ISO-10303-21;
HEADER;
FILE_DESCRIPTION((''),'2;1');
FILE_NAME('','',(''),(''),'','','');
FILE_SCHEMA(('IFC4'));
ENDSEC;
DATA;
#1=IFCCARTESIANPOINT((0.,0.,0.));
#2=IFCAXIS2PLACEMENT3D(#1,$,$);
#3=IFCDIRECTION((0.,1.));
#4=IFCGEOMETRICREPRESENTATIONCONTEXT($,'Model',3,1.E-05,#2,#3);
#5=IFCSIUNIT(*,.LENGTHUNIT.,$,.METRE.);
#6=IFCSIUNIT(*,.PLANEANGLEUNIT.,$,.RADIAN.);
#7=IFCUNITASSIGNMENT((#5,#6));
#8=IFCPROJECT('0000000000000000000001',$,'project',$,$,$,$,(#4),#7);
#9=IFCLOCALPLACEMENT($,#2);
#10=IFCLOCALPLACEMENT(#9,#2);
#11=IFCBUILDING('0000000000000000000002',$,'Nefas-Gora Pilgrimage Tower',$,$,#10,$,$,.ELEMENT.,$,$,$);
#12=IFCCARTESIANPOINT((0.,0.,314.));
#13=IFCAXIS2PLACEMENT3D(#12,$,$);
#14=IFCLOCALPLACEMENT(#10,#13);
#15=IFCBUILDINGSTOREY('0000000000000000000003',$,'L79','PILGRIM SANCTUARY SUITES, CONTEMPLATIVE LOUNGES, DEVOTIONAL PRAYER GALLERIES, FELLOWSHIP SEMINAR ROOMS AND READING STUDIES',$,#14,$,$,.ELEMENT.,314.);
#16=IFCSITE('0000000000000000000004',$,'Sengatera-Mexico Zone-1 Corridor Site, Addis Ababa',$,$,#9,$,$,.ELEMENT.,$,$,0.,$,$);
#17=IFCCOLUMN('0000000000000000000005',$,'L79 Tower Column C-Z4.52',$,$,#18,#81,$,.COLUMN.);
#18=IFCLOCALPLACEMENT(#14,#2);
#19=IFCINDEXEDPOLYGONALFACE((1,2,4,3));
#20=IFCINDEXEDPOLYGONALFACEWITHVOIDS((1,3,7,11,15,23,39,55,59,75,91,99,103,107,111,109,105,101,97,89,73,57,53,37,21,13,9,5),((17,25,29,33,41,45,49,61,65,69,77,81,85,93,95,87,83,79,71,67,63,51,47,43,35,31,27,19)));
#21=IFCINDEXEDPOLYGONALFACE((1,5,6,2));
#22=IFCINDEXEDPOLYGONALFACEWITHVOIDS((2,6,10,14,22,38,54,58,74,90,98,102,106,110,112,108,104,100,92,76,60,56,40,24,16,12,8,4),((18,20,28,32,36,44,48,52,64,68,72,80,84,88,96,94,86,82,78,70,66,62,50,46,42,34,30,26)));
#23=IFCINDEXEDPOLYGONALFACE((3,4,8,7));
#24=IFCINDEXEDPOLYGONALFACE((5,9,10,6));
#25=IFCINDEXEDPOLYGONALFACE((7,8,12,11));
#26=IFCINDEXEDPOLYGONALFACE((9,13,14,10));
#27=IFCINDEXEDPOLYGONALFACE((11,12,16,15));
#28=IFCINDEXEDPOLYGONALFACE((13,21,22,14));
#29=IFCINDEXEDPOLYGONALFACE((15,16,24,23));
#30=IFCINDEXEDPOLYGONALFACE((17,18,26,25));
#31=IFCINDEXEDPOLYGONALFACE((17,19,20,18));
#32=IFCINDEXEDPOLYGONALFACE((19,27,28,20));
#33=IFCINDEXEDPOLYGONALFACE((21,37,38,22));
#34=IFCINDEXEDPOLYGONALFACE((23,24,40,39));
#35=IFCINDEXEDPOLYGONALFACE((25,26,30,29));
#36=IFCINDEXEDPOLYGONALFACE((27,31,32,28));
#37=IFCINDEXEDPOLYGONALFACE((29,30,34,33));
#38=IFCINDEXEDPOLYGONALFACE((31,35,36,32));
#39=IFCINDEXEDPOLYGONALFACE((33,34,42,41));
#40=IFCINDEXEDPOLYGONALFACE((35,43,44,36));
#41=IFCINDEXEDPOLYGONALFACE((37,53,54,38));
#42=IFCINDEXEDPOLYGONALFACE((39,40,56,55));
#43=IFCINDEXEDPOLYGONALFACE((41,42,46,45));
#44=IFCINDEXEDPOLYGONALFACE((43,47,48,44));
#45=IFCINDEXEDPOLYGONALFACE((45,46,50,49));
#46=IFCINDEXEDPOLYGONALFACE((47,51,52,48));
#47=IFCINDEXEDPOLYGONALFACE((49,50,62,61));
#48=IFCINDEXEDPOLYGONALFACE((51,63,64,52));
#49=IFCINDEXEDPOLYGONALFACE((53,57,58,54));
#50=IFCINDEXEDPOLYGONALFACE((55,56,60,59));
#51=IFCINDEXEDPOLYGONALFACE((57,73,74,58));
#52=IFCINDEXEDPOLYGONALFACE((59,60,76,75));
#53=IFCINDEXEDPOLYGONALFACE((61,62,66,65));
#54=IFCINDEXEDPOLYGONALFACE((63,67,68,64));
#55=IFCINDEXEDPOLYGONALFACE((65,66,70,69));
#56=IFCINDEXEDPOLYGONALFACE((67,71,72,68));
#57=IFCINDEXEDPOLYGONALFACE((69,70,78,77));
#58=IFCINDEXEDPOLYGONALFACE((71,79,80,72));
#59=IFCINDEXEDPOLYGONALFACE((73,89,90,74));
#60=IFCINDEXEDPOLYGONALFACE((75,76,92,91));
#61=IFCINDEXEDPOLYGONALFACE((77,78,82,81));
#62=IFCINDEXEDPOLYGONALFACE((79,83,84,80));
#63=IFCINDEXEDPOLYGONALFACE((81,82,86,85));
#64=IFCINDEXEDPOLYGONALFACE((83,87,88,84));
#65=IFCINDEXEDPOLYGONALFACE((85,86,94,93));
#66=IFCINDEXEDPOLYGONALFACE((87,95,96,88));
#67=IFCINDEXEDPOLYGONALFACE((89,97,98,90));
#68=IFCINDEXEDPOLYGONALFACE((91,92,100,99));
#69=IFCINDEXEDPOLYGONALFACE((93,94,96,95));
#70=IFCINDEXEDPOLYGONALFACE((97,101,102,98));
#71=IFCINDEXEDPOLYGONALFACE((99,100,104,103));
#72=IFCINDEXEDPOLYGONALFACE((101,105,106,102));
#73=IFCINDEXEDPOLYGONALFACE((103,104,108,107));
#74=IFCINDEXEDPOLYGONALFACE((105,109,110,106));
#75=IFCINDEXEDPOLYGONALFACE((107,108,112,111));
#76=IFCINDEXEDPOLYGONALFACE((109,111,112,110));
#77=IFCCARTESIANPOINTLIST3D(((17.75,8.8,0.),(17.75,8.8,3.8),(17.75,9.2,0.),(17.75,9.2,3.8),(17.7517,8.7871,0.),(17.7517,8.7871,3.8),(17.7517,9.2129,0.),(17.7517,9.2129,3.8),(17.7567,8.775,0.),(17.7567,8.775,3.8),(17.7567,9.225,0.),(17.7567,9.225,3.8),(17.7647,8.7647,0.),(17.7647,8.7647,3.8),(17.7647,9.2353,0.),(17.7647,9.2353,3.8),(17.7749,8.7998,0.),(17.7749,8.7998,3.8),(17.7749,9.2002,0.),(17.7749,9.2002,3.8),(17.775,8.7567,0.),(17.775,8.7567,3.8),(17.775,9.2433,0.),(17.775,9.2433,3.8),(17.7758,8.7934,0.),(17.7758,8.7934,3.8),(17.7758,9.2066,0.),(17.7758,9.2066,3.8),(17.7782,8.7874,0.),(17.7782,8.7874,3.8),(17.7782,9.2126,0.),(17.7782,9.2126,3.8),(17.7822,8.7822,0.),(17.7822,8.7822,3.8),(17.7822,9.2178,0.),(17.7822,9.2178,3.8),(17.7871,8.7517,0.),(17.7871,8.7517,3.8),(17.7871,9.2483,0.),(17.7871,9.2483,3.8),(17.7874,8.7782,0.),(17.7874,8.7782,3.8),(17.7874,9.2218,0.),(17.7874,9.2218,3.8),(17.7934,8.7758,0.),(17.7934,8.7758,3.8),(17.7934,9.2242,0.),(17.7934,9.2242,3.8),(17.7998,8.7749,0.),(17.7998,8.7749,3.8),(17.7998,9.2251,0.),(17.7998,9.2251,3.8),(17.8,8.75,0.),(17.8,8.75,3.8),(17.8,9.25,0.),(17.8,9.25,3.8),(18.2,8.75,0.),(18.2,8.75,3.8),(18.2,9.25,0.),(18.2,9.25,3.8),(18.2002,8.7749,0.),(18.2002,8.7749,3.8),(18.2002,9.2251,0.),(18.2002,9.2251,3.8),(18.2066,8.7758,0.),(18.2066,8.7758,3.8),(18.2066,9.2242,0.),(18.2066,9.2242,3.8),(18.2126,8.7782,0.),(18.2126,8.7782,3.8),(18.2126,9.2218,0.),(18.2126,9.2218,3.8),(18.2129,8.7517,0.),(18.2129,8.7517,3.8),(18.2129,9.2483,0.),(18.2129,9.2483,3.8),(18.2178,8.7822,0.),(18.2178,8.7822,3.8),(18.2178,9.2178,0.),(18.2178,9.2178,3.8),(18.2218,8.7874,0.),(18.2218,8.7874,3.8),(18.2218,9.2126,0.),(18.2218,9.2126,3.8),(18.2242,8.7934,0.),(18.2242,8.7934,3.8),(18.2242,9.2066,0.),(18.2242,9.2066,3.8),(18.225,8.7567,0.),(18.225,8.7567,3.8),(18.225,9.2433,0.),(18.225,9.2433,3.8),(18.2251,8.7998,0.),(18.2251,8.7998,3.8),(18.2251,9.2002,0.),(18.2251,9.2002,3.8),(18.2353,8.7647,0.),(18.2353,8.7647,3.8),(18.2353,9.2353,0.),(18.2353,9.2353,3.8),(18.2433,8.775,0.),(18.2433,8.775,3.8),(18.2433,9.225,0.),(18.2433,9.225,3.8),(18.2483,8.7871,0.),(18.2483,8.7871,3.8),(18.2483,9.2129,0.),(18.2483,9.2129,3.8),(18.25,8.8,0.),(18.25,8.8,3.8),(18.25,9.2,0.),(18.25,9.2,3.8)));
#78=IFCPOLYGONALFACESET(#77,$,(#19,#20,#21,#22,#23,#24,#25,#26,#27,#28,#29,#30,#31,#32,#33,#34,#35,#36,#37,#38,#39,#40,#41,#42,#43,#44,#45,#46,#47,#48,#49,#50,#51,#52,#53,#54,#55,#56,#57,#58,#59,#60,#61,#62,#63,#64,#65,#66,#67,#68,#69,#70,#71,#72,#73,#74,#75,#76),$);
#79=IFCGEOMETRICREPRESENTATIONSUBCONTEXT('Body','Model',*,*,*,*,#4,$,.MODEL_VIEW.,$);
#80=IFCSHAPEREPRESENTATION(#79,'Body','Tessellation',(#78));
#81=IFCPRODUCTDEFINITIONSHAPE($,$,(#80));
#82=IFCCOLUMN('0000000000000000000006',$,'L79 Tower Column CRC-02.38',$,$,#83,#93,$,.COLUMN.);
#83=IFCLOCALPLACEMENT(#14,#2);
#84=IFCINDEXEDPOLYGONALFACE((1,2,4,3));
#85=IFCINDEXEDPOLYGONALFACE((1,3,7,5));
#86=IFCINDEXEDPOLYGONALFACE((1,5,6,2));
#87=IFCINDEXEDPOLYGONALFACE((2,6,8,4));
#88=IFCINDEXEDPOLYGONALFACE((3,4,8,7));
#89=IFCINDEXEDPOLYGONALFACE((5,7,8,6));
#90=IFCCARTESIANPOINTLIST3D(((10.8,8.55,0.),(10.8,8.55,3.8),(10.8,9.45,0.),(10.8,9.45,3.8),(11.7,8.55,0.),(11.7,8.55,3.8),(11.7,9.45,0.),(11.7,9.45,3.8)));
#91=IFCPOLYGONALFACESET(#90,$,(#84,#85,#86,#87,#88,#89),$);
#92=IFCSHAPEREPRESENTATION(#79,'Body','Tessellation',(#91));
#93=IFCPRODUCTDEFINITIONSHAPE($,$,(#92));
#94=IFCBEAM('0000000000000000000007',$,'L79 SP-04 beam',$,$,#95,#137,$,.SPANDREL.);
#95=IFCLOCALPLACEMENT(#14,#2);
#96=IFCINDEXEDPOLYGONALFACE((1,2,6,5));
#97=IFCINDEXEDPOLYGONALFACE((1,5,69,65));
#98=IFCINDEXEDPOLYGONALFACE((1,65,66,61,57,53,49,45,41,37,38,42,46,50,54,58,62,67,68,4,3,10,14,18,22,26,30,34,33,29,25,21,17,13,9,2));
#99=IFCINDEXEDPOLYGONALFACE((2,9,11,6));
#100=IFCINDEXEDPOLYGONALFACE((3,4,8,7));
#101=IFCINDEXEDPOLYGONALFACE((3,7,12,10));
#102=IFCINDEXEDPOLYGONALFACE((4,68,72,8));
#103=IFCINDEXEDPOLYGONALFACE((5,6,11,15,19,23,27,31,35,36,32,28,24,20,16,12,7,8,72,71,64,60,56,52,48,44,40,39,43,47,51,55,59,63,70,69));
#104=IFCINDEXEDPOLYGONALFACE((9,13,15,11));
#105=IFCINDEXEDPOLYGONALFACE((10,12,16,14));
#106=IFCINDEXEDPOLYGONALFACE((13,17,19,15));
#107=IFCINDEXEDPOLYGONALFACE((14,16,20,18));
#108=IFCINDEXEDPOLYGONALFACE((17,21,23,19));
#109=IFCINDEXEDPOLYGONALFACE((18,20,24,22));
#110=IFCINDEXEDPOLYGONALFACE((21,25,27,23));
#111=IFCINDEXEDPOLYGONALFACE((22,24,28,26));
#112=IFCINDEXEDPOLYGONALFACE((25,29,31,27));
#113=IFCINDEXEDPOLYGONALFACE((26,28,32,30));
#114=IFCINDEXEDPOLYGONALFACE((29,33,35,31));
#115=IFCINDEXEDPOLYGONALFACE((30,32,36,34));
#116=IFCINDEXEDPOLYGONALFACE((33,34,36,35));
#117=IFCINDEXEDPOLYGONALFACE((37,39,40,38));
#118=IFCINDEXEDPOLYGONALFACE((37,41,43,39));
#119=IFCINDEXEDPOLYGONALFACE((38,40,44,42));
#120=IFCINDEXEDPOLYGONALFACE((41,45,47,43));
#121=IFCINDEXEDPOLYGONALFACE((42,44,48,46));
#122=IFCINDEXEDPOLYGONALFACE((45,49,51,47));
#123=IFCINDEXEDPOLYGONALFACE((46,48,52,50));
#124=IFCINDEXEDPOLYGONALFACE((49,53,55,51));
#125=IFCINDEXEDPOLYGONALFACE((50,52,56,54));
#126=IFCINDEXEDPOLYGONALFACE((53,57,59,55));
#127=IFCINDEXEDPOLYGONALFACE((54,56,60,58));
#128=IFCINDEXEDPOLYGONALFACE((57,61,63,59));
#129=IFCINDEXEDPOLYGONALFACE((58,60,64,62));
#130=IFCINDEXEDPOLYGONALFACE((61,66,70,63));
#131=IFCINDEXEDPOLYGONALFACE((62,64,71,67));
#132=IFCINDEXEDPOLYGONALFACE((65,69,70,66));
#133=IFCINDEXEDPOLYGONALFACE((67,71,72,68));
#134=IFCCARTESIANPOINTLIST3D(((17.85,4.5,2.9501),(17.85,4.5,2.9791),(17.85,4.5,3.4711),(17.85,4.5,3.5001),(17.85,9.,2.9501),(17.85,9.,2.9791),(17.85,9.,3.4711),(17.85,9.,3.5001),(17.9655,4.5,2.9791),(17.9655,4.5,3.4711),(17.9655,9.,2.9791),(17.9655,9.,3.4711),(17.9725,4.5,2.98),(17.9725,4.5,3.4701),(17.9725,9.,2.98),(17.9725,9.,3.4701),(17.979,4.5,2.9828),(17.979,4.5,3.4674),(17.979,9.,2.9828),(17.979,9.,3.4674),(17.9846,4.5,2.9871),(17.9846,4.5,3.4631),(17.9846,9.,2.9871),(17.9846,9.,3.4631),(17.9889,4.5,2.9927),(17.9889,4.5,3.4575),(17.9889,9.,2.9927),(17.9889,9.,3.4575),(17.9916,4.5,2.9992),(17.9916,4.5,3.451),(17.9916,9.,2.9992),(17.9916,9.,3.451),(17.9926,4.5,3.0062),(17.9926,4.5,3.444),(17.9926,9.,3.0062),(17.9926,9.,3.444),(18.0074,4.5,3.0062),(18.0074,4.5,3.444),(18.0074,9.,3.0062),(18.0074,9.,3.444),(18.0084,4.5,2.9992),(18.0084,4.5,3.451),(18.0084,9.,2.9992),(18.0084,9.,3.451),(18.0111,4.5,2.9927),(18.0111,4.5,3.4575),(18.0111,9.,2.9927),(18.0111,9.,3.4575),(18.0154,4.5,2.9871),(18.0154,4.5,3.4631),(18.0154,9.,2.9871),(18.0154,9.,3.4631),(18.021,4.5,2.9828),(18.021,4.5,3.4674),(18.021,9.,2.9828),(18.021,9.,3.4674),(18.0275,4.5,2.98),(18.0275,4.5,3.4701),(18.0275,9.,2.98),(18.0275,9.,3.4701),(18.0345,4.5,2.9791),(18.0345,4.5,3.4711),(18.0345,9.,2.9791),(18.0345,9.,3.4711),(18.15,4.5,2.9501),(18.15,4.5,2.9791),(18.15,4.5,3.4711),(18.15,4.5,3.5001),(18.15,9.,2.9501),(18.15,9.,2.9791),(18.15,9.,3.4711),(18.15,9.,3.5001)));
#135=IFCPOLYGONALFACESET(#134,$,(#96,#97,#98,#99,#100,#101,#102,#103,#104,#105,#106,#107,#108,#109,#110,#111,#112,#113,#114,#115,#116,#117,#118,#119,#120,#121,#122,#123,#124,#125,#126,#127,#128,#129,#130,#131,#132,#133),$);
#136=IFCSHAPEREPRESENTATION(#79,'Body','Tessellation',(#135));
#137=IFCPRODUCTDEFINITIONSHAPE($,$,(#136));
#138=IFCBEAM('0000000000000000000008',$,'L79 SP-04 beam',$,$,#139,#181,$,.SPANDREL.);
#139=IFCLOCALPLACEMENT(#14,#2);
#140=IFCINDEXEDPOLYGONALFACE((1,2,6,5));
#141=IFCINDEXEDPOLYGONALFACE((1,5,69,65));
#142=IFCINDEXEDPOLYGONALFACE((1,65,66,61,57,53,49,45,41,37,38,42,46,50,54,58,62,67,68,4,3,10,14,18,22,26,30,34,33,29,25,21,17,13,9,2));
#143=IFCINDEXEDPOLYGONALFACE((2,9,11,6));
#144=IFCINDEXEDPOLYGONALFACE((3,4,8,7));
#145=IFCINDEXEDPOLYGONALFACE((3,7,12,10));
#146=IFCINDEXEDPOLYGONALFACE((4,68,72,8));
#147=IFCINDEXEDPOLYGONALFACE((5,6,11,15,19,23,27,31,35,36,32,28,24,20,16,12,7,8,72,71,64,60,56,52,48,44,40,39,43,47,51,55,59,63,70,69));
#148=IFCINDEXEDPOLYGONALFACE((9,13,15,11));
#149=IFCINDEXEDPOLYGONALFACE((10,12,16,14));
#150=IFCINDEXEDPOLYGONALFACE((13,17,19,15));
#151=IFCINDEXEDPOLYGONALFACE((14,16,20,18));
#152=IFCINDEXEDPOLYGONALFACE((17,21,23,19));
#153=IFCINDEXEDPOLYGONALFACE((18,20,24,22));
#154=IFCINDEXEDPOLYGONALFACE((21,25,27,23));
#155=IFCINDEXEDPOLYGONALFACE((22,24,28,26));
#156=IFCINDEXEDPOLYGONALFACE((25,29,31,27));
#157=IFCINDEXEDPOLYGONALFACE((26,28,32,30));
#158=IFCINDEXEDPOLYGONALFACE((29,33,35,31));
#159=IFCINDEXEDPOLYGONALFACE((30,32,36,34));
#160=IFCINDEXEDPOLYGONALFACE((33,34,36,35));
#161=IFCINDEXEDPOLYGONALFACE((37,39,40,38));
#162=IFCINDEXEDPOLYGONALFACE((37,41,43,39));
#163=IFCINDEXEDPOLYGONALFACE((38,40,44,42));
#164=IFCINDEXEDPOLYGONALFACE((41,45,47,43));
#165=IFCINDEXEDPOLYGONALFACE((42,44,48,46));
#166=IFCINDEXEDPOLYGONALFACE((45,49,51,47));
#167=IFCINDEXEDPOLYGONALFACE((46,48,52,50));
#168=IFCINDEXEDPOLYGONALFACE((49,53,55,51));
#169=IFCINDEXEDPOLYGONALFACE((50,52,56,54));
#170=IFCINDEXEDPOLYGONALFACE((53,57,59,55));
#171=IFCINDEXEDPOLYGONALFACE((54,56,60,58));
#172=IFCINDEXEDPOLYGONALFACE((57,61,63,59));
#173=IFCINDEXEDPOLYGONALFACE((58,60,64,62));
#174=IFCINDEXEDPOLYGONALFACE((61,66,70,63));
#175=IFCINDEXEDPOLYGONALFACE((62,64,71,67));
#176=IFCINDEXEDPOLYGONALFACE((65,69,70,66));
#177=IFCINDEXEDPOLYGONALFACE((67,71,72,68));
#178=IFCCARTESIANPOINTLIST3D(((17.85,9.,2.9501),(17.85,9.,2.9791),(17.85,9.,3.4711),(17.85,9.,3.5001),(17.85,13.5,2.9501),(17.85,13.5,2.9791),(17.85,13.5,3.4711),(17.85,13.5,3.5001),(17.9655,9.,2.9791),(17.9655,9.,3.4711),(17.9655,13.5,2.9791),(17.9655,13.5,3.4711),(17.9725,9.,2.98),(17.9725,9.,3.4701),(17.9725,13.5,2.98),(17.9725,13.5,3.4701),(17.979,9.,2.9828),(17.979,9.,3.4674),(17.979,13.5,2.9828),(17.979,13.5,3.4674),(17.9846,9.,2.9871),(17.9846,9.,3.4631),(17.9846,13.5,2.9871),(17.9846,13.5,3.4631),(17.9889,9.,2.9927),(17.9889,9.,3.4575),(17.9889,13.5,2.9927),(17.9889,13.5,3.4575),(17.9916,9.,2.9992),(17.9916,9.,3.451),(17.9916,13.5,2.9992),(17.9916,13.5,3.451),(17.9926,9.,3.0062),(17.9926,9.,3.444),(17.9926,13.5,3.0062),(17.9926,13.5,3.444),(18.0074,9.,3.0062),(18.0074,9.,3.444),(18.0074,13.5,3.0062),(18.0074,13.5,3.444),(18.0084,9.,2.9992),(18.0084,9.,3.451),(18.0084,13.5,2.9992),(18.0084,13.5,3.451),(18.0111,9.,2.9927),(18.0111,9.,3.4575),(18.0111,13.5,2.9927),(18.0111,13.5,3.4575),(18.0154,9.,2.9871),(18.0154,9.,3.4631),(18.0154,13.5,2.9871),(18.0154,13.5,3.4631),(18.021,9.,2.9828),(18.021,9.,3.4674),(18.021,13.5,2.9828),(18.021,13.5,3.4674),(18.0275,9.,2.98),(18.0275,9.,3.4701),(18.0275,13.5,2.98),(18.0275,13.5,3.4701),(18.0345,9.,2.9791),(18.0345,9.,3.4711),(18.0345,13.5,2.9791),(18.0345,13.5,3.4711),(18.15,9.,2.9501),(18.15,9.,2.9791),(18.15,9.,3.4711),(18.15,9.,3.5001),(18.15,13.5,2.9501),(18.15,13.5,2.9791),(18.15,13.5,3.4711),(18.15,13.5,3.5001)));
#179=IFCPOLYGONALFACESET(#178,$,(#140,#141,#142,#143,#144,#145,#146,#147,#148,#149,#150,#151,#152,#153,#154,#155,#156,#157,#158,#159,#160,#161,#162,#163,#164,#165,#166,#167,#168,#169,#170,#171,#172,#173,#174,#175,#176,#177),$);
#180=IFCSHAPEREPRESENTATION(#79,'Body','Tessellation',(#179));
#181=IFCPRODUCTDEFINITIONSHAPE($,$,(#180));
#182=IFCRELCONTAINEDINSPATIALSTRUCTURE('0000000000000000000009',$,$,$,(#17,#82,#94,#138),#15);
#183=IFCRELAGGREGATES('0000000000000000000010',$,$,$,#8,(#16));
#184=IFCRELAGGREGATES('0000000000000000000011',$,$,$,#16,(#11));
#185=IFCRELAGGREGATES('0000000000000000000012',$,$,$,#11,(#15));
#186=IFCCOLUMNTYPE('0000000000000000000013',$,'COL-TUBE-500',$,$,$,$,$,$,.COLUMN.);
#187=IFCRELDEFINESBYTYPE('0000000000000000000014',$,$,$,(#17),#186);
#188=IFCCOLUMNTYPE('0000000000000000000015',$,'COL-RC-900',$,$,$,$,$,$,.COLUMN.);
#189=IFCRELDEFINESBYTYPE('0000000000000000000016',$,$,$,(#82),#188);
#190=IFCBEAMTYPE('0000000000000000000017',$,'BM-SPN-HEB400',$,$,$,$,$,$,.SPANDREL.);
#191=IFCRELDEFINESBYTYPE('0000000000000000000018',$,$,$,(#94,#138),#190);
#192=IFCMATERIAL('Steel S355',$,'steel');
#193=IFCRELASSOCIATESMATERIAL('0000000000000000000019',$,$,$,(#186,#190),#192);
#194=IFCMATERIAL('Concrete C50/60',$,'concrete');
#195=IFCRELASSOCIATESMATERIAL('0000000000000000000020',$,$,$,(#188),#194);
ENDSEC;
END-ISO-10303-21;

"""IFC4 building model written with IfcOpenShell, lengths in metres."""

from ifc_helpers import new_model, si_unit, direction, frame, origin, origin_2d, place, context, subcontext, project, spatial, rectangle, hollow_rectangle, i_section, extrude, source, transform, mapped, material, material_profile, profile_set, type_object, element, save


model = new_model("IFC4")

# Units and contexts
model_context = context("Model", 3, precision=1e-05, world=origin(), true_north=direction((0.0, 1.0)))
body_context = subcontext(model_context, "Body", "Model", "MODEL_VIEW")
ifc_project = project(units=[si_unit("LENGTHUNIT", "METRE"), si_unit("PLANEANGLEUNIT", "RADIAN")], contexts=[model_context])

# Site, building, storey
site_placement = place(None, origin())
site = spatial("IfcSite", under=ifc_project, at=site_placement, Name="Sengatera-Mexico Zone-1 Corridor Site, Addis Ababa", CompositionType="ELEMENT", RefElevation=0.0)
building_placement = place(site_placement, origin())
building = spatial("IfcBuilding", under=site, at=building_placement, Name="Nefas-Gora Pilgrimage Tower", CompositionType="ELEMENT")
storey_placement = place(building_placement, frame((0.0, 0.0, 314.0)))
storey = spatial("IfcBuildingStorey", under=building, at=storey_placement, Name="L79", Description="PILGRIM SANCTUARY SUITES, CONTEMPLATIVE LOUNGES, DEVOTIONAL PRAYER GALLERIES, FELLOWSHIP SEMINAR ROOMS AND READING STUDIES", CompositionType="ELEMENT", Elevation=314.0)

# Columns
ifc_material_1 = material(Name="Steel S355", Category="steel")
ifc_material_profile_1 = material_profile(ifc_material_1, hollow_rectangle(XDim=0.5, YDim=0.5, WallThickness=0.0249, InnerFilletRadius=0.0249, OuterFilletRadius=0.05, at=origin_2d()), Name="SHS 500x500x25")
ifc_profile_set_1 = profile_set([ifc_material_profile_1], Name="Steel S355")
column_type_1 = type_object("IfcColumnType", Name="COL-TUBE-500", PredefinedType="COLUMN", material=ifc_profile_set_1)
shared_shape_1 = source(origin(), body_context, "Body", "SweptSolid", [
    extrude(hollow_rectangle(XDim=0.5, YDim=0.5, WallThickness=0.0249, InnerFilletRadius=0.0249, OuterFilletRadius=0.05, at=origin_2d()), origin(), (0.0, 0.0, 1.0), 3.8),
])
for number, where, z_axis, x_axis, name in (
    (1, (18.0, 9.0, 0.0), (0.0, 0.0, 1.0), (1.0, 0.0, 0.0), "L79 Tower Column C-Z4.52"),
):
    element("IfcColumn", number, at=place(storey_placement, frame(where, z_axis=z_axis, x_axis=x_axis)), inside=storey, type_object=column_type_1, Name=name, PredefinedType="COLUMN", context=body_context, shape_type="MappedRepresentation", body=[
        mapped(shared_shape_1, transform((0.0, 0.0, 0.0), x_axis=(1.0, 0.0, 0.0), y_axis=(0.0, 1.0, 0.0), z_axis=(0.0, 0.0, 1.0), scale=1.0)),
    ])
ifc_material_2 = material(Name="Concrete C50/60", Category="concrete")
ifc_material_profile_2 = material_profile(ifc_material_2, rectangle(XDim=0.8999, YDim=0.8999, at=origin_2d()), Name="RC 900x900")
ifc_profile_set_2 = profile_set([ifc_material_profile_2], Name="Concrete C50/60")
column_type_2 = type_object("IfcColumnType", Name="COL-RC-900", PredefinedType="COLUMN", material=ifc_profile_set_2)
shared_shape_2 = source(origin(), body_context, "Body", "SweptSolid", [
    extrude(rectangle(XDim=0.8999, YDim=0.8999, at=origin_2d()), origin(), (0.0, 0.0, 1.0), 3.8),
])
column_placement = place(storey_placement, frame((11.25, 9.0, 0.0), z_axis=(0.0, 0.0, 1.0), x_axis=(1.0, 0.0, 0.0)))
element("IfcColumn", 2, at=column_placement, inside=storey, type_object=column_type_2, Name="L79 Tower Column CRC-02.38", PredefinedType="COLUMN", context=body_context, shape_type="MappedRepresentation", body=[
    mapped(shared_shape_2, transform((0.0, 0.0, 0.0), x_axis=(1.0, 0.0, 0.0), y_axis=(0.0, 1.0, 0.0), z_axis=(0.0, 0.0, 1.0), scale=1.0)),
])

# Beams
ifc_material_profile_3 = material_profile(ifc_material_1, i_section(OverallWidth=0.3, OverallDepth=0.55, WebThickness=0.0149, FlangeThickness=0.0291, FilletRadius=0.0271, at=origin_2d()), Name="HEB 550")
ifc_profile_set_3 = profile_set([ifc_material_profile_3], Name="Steel S355")
beam_type_1 = type_object("IfcBeamType", Name="BM-SPN-HEB400", PredefinedType="SPANDREL", material=ifc_profile_set_3)
shared_shape_3 = source(origin(), body_context, "Body", "SweptSolid", [
    extrude(i_section(OverallWidth=0.3, OverallDepth=0.55, WebThickness=0.0149, FlangeThickness=0.0291, FilletRadius=0.0271, at=origin_2d()), origin(), (0.0, 0.0, 1.0), 4.5),
])
for number, where, z_axis, x_axis, name in (
    (3, (18.0, 4.5, 3.2251), (0.0, 1.0, 0.0), (-1.0, 0.0, 0.0), "L79 SP-04 beam"),
    (4, (18.0, 9.0, 3.2251), (0.0, 1.0, 0.0), (-1.0, 0.0, 0.0), "L79 SP-04 beam"),
):
    element("IfcBeam", number, at=place(storey_placement, frame(where, z_axis=z_axis, x_axis=x_axis)), inside=storey, type_object=beam_type_1, Name=name, PredefinedType="SPANDREL", context=body_context, shape_type="MappedRepresentation", body=[
        mapped(shared_shape_3, transform((0.0, 0.0, 0.0), x_axis=(1.0, 0.0, 0.0), y_axis=(0.0, 1.0, 0.0), z_axis=(0.0, 0.0, 1.0), scale=1.0)),
    ])

save(model, "model.ifc")
